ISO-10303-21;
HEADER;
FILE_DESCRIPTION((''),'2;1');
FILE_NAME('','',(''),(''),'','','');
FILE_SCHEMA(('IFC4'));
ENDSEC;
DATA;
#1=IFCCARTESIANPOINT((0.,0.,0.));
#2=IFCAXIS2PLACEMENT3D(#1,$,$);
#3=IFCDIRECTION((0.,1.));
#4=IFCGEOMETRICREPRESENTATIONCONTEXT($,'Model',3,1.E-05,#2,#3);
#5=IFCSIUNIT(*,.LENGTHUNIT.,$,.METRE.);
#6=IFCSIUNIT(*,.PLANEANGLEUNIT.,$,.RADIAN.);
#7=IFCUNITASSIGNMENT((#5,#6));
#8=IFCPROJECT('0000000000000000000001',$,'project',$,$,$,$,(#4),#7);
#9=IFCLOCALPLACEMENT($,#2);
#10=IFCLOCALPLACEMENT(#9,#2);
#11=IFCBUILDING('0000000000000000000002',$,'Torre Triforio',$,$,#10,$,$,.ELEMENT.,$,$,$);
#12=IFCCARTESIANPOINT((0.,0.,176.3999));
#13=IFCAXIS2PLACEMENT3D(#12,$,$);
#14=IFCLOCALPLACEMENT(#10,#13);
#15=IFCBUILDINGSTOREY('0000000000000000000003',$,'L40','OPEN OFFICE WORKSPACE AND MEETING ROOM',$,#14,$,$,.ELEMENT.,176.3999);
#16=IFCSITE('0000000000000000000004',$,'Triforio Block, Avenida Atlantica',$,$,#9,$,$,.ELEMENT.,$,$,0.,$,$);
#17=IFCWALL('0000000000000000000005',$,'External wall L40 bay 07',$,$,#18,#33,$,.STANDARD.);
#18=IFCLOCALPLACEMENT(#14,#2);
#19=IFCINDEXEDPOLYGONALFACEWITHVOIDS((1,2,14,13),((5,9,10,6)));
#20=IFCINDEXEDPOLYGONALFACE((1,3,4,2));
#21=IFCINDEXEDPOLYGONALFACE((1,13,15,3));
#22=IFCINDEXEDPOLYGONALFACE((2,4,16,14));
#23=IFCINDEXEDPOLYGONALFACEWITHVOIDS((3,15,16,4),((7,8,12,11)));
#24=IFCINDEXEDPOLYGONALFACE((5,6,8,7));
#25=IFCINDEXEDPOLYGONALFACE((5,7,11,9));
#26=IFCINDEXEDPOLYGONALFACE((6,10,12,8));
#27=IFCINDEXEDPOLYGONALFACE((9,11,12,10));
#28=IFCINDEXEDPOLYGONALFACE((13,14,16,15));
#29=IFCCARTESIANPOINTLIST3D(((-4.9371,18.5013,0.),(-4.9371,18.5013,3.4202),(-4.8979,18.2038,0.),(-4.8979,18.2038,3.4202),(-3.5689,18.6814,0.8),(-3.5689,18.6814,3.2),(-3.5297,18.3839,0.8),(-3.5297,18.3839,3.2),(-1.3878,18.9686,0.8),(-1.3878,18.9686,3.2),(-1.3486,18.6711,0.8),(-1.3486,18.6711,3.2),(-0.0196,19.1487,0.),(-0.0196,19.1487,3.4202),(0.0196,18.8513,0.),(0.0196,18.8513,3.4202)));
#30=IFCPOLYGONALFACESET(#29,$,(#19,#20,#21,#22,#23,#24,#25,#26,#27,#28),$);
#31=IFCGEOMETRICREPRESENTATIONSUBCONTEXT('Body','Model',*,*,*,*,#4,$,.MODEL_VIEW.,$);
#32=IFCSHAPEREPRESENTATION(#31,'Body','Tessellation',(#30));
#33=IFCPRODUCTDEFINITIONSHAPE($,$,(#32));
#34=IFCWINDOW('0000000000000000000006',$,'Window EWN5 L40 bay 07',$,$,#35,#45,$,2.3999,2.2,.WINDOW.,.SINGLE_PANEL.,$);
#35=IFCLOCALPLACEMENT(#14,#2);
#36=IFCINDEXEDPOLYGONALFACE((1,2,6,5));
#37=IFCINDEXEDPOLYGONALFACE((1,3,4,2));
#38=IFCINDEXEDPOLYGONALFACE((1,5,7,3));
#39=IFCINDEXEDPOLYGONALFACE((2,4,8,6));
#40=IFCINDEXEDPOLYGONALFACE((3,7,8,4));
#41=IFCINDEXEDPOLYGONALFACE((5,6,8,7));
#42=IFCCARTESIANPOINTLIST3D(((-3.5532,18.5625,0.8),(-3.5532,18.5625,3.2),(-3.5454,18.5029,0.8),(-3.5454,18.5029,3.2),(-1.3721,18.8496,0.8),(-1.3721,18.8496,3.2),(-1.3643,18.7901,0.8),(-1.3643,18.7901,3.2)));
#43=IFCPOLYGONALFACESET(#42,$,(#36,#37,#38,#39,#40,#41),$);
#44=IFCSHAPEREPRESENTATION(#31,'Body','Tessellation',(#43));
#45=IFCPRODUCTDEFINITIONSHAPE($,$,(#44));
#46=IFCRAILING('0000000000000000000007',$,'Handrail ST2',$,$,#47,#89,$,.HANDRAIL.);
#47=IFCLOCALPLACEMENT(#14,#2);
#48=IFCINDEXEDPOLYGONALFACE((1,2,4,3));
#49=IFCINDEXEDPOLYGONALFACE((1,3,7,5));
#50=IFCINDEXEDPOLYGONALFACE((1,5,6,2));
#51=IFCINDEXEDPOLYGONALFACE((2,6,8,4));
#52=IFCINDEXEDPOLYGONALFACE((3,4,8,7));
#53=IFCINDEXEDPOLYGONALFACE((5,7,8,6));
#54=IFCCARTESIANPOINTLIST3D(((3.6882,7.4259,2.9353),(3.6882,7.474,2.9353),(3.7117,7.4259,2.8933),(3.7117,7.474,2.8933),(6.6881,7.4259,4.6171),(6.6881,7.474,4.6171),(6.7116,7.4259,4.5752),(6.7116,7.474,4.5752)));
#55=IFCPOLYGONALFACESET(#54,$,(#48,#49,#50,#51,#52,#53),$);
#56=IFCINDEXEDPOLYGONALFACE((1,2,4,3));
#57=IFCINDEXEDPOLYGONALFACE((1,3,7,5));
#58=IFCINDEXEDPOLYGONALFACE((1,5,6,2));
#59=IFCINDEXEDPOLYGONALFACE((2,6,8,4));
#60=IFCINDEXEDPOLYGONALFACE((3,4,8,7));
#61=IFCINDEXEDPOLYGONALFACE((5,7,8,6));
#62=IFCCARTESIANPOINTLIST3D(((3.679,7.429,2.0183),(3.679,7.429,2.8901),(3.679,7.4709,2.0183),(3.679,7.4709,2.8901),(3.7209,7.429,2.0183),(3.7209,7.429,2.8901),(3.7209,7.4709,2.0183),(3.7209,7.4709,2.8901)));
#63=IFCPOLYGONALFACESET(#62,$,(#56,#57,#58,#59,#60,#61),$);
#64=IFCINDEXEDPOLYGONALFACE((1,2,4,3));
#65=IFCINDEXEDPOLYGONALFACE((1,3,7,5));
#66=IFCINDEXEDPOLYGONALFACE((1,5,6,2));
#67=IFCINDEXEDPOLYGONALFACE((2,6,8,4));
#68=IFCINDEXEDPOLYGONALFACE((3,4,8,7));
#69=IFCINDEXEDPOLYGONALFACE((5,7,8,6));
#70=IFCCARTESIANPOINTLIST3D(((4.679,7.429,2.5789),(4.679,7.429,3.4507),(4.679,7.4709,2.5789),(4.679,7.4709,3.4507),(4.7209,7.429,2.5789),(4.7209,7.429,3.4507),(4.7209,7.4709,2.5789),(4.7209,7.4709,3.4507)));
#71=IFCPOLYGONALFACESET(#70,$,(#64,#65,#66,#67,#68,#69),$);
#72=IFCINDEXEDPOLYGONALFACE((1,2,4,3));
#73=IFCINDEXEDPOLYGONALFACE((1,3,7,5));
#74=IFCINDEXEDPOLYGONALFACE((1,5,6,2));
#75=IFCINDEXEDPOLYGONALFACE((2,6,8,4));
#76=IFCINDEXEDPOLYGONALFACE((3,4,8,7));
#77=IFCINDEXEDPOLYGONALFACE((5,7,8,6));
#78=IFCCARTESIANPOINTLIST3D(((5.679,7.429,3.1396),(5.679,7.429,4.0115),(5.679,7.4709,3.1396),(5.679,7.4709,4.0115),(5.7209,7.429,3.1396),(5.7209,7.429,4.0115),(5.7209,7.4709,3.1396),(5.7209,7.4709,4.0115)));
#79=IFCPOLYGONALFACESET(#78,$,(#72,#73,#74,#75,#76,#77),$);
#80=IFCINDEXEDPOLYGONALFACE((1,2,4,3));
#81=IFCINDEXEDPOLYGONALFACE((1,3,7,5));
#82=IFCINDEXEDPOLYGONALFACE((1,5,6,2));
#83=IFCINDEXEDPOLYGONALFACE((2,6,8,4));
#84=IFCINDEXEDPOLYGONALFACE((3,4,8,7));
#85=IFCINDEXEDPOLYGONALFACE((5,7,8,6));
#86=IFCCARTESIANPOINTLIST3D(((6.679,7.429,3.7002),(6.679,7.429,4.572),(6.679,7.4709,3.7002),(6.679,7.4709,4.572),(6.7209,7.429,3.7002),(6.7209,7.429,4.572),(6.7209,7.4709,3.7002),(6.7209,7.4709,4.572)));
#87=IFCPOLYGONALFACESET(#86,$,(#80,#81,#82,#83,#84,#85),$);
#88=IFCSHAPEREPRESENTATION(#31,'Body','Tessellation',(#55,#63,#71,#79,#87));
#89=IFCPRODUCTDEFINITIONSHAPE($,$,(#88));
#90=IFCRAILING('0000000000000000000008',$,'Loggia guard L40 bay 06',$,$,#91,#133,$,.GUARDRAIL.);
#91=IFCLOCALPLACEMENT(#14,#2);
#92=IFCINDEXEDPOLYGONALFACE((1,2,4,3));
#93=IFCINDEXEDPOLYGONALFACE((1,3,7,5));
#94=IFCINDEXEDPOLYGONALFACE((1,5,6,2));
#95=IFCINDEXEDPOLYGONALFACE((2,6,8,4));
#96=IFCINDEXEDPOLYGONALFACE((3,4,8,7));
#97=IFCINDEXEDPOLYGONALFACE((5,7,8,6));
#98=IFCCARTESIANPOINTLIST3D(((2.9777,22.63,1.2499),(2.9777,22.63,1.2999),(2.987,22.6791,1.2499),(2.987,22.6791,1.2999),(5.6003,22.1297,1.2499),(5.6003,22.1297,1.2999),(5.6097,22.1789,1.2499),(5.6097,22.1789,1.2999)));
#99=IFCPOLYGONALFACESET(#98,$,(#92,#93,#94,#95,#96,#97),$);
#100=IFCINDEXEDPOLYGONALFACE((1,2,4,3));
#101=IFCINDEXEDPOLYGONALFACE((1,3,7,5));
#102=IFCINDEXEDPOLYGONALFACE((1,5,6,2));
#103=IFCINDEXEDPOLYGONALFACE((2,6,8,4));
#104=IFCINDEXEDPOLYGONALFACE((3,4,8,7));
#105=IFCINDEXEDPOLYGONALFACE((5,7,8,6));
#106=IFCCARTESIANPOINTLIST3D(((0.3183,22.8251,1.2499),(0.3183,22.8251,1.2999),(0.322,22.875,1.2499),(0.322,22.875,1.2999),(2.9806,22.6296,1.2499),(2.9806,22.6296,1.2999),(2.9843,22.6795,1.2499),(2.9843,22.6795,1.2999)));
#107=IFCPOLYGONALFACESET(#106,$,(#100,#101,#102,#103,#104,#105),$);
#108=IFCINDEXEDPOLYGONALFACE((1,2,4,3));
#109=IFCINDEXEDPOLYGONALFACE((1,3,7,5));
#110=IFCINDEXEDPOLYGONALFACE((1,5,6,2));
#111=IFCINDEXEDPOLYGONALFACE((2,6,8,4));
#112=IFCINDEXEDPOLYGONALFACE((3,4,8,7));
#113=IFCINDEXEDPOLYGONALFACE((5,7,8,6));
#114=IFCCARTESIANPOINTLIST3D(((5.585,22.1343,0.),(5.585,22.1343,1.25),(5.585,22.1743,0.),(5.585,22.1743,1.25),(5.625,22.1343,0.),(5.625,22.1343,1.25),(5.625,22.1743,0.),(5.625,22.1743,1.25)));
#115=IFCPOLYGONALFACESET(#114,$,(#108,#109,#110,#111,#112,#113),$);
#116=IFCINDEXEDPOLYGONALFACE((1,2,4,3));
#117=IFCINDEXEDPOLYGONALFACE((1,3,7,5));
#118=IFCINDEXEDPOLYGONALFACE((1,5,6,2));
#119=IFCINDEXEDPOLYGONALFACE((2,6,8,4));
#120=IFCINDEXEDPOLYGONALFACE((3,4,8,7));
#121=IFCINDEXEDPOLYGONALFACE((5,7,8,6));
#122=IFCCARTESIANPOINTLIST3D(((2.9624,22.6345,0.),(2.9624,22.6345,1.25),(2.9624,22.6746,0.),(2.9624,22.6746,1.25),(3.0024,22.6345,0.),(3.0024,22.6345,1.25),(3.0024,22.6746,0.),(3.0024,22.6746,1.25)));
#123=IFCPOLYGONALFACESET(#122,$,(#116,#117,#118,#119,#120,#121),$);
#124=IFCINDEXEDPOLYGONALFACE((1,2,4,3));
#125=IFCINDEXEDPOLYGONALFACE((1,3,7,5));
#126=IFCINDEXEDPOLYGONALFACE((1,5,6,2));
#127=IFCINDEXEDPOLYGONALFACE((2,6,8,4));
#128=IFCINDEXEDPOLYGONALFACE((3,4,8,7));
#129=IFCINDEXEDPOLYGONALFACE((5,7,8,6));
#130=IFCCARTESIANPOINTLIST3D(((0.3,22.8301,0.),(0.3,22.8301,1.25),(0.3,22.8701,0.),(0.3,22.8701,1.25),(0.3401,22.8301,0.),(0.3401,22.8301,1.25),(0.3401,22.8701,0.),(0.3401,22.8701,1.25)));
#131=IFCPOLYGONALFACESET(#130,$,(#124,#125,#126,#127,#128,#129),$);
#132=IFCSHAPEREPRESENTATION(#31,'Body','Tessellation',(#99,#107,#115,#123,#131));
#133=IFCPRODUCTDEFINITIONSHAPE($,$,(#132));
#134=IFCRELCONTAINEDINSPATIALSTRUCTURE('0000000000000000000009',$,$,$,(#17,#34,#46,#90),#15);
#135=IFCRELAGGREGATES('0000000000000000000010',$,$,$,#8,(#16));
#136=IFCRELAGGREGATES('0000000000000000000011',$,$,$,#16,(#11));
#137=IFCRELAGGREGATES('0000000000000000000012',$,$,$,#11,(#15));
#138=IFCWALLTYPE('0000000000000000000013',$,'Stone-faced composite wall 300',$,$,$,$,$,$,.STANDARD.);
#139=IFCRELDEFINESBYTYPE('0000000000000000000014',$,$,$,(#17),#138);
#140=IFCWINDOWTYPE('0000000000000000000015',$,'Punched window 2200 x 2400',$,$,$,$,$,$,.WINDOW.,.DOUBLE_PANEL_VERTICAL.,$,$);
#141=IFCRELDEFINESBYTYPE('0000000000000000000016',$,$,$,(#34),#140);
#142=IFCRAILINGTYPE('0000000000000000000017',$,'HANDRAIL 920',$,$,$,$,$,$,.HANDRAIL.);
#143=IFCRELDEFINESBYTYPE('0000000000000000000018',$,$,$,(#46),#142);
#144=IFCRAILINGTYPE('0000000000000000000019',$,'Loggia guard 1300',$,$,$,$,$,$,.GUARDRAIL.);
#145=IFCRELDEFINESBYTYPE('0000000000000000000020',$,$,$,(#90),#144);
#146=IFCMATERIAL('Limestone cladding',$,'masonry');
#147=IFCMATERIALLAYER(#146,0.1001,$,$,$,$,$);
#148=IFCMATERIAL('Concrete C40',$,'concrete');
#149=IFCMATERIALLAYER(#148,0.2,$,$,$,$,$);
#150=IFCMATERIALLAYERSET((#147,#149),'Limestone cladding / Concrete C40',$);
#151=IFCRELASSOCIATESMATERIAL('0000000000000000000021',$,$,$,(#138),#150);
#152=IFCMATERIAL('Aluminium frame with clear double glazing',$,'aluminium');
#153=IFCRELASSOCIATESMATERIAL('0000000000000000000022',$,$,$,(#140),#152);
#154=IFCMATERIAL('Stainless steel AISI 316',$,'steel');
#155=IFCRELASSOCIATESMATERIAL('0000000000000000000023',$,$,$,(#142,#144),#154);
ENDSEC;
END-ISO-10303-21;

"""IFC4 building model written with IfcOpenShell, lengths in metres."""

from ifc_helpers import new_model, si_unit, direction, frame, frame_2d, origin, origin_2d, place, context, subcontext, project, spatial, rectangle, extrude, material, layer, layer_set, type_object, element, fill, save


model = new_model("IFC4")

# Units and contexts
model_context = context("Model", 3, precision=1e-05, world=origin(), true_north=direction((0.0, 1.0)))
body_context = subcontext(model_context, "Body", "Model", "MODEL_VIEW")
ifc_project = project(units=[si_unit("LENGTHUNIT", "METRE"), si_unit("PLANEANGLEUNIT", "RADIAN")], contexts=[model_context])

# Site, building, storey
site_placement = place(None, origin())
site = spatial("IfcSite", under=ifc_project, at=site_placement, Name="Triforio Block, Avenida Atlantica", CompositionType="ELEMENT", RefElevation=0.0)
building_placement = place(site_placement, origin())
building = spatial("IfcBuilding", under=site, at=building_placement, Name="Torre Triforio", CompositionType="ELEMENT")
storey_placement = place(building_placement, frame((0.0, 0.0, 176.3999)))
storey = spatial("IfcBuildingStorey", under=building, at=storey_placement, Name="L40", Description="OPEN OFFICE WORKSPACE AND MEETING ROOM", CompositionType="ELEMENT", Elevation=176.3999)

# Shared definitions
ifc_material_1 = material(Name="Concrete C40", Category="concrete")

# Shared definitions
ifc_material_2 = material(Name="Limestone cladding", Category="masonry")
ifc_layer_1 = layer(ifc_material_2, 0.1001)
ifc_layer_2 = layer(ifc_material_1, 0.2)
ifc_layer_set_1 = layer_set([ifc_layer_1, ifc_layer_2], Name="Limestone cladding / Concrete C40")
wall_type_1 = type_object("IfcWallType", Name="Stone-faced composite wall 300", PredefinedType="STANDARD", material=ifc_layer_set_1)
ifc_material_3 = material(Name="Aluminium frame with clear double glazing", Category="aluminium")

# Wall, opening, window
wall_1_placement = place(storey_placement, frame((0.0, 19.0, 0.0), z_axis=(0.0, 0.0, 1.0), x_axis=(-0.991443, -0.130539, 0.0)))
wall_1 = element("IfcWall", 1, at=wall_1_placement, inside=storey, type_object=wall_type_1, Name="External wall L40 bay 07", PredefinedType="STANDARD", context=body_context, shape_type="SweptSolid", body=[
    extrude(rectangle(XDim=4.96, YDim=0.3, at=frame_2d((2.48, 0.0))), origin(), (0.0, 0.0, 1.0), 3.4202),
])
opening_1_placement = place(wall_1_placement, frame((1.3799, 0.0, 0.8)))
opening_1 = element("IfcOpeningElement", 2, at=opening_1_placement, cuts=wall_1, PredefinedType="OPENING", context=body_context, shape_type="SweptSolid", body=[
    extrude(rectangle(XDim=2.2, YDim=2.3999, at=frame_2d((1.1001, 1.2))), frame((0.0, 0.1599, 0.0), z_axis=(0.0, -1.0, 0.0), x_axis=(1.0, 0.0, 0.0)), (0.0, 0.0, 1.0), 0.3201),
])
window_type_1 = type_object("IfcWindowType", Name="Punched window 2200 x 2400", PartitioningType="DOUBLE_PANEL_VERTICAL", PredefinedType="WINDOW", material=ifc_material_3)
window_1_placement = place(opening_1_placement, origin())
window_1 = element("IfcWindow", 3, at=window_1_placement, inside=storey, type_object=window_type_1, Name="Window EWN5 L40 bay 07", OverallHeight=2.3999, OverallWidth=2.2, PartitioningType="SINGLE_PANEL", PredefinedType="WINDOW", context=body_context, shape_type="SweptSolid", body=[
    extrude(rectangle(XDim=2.2, YDim=2.3999, at=frame_2d((1.1001, 1.2))), frame((0.0, 0.03, 0.0), z_axis=(0.0, -1.0, 0.0), x_axis=(1.0, 0.0, 0.0)), (0.0, 0.0, 1.0), 0.0601),
])
fill(opening_1, window_1)

# Railings
ifc_material_4 = material(Name="Stainless steel AISI 316", Category="steel")
railing_type_1 = type_object("IfcRailingType", Name="HANDRAIL 920", PredefinedType="HANDRAIL", material=ifc_material_4)
railing_1_placement = place(storey_placement, frame((3.7, 7.45, 2.0183)))
element("IfcRailing", 4, at=railing_1_placement, inside=storey, type_object=railing_type_1, Name="Handrail ST2", PredefinedType="HANDRAIL", context=body_context, shape_type="SweptSolid", body=[
    extrude(rectangle(XDim=0.0481, YDim=0.0481, at=origin_2d()), frame((0.0, 0.0, 0.896), z_axis=(0.872272, 0.0, 0.48902), x_axis=(0.0, 1.0, 0.0)), (0.0, 0.0, 1.0), 3.4392),
    extrude(rectangle(XDim=0.042, YDim=0.042, at=origin_2d()), origin(), (0.0, 0.0, 1.0), 0.8718),
    extrude(rectangle(XDim=0.042, YDim=0.042, at=origin_2d()), frame((1.0, 0.0, 0.5605)), (0.0, 0.0, 1.0), 0.8718),
    extrude(rectangle(XDim=0.042, YDim=0.042, at=origin_2d()), frame((2.0, 0.0, 1.1213)), (0.0, 0.0, 1.0), 0.8718),
    extrude(rectangle(XDim=0.042, YDim=0.042, at=origin_2d()), frame((3.0, 0.0, 1.6819)), (0.0, 0.0, 1.0), 0.8718),
])
railing_type_2 = type_object("IfcRailingType", Name="Loggia guard 1300", PredefinedType="GUARDRAIL", material=ifc_material_4)
railing_2_placement = place(storey_placement, frame((5.605, 22.1543, 0.0)))
element("IfcRailing", 5, at=railing_2_placement, inside=storey, type_object=railing_type_2, Name="Loggia guard L40 bay 06", PredefinedType="GUARDRAIL", context=body_context, shape_type="SweptSolid", body=[
    extrude(rectangle(XDim=0.05, YDim=0.05, at=origin_2d()), frame((0.0, 0.0, 1.2749), z_axis=(-0.98229, 0.187368, 0.0), x_axis=(-0.187368, -0.98229, 0.0)), (0.0, 0.0, 1.0), 2.6699),
    extrude(rectangle(XDim=0.05, YDim=0.05, at=origin_2d()), frame((-2.6226, 0.5002, 1.2749), z_axis=(-0.997313, 0.073255, 0.0), x_axis=(-0.073255, -0.997313, 0.0)), (0.0, 0.0, 1.0), 2.6694),
    extrude(rectangle(XDim=0.04, YDim=0.04, at=origin_2d()), origin(), (0.0, 0.0, 1.0), 1.25),
    extrude(rectangle(XDim=0.04, YDim=0.04, at=origin_2d()), frame((-2.6226, 0.5002, 0.0)), (0.0, 0.0, 1.0), 1.25),
    extrude(rectangle(XDim=0.04, YDim=0.04, at=origin_2d()), frame((-5.2849, 0.6958, 0.0)), (0.0, 0.0, 1.0), 1.25),
])

save(model, "model.ifc")
